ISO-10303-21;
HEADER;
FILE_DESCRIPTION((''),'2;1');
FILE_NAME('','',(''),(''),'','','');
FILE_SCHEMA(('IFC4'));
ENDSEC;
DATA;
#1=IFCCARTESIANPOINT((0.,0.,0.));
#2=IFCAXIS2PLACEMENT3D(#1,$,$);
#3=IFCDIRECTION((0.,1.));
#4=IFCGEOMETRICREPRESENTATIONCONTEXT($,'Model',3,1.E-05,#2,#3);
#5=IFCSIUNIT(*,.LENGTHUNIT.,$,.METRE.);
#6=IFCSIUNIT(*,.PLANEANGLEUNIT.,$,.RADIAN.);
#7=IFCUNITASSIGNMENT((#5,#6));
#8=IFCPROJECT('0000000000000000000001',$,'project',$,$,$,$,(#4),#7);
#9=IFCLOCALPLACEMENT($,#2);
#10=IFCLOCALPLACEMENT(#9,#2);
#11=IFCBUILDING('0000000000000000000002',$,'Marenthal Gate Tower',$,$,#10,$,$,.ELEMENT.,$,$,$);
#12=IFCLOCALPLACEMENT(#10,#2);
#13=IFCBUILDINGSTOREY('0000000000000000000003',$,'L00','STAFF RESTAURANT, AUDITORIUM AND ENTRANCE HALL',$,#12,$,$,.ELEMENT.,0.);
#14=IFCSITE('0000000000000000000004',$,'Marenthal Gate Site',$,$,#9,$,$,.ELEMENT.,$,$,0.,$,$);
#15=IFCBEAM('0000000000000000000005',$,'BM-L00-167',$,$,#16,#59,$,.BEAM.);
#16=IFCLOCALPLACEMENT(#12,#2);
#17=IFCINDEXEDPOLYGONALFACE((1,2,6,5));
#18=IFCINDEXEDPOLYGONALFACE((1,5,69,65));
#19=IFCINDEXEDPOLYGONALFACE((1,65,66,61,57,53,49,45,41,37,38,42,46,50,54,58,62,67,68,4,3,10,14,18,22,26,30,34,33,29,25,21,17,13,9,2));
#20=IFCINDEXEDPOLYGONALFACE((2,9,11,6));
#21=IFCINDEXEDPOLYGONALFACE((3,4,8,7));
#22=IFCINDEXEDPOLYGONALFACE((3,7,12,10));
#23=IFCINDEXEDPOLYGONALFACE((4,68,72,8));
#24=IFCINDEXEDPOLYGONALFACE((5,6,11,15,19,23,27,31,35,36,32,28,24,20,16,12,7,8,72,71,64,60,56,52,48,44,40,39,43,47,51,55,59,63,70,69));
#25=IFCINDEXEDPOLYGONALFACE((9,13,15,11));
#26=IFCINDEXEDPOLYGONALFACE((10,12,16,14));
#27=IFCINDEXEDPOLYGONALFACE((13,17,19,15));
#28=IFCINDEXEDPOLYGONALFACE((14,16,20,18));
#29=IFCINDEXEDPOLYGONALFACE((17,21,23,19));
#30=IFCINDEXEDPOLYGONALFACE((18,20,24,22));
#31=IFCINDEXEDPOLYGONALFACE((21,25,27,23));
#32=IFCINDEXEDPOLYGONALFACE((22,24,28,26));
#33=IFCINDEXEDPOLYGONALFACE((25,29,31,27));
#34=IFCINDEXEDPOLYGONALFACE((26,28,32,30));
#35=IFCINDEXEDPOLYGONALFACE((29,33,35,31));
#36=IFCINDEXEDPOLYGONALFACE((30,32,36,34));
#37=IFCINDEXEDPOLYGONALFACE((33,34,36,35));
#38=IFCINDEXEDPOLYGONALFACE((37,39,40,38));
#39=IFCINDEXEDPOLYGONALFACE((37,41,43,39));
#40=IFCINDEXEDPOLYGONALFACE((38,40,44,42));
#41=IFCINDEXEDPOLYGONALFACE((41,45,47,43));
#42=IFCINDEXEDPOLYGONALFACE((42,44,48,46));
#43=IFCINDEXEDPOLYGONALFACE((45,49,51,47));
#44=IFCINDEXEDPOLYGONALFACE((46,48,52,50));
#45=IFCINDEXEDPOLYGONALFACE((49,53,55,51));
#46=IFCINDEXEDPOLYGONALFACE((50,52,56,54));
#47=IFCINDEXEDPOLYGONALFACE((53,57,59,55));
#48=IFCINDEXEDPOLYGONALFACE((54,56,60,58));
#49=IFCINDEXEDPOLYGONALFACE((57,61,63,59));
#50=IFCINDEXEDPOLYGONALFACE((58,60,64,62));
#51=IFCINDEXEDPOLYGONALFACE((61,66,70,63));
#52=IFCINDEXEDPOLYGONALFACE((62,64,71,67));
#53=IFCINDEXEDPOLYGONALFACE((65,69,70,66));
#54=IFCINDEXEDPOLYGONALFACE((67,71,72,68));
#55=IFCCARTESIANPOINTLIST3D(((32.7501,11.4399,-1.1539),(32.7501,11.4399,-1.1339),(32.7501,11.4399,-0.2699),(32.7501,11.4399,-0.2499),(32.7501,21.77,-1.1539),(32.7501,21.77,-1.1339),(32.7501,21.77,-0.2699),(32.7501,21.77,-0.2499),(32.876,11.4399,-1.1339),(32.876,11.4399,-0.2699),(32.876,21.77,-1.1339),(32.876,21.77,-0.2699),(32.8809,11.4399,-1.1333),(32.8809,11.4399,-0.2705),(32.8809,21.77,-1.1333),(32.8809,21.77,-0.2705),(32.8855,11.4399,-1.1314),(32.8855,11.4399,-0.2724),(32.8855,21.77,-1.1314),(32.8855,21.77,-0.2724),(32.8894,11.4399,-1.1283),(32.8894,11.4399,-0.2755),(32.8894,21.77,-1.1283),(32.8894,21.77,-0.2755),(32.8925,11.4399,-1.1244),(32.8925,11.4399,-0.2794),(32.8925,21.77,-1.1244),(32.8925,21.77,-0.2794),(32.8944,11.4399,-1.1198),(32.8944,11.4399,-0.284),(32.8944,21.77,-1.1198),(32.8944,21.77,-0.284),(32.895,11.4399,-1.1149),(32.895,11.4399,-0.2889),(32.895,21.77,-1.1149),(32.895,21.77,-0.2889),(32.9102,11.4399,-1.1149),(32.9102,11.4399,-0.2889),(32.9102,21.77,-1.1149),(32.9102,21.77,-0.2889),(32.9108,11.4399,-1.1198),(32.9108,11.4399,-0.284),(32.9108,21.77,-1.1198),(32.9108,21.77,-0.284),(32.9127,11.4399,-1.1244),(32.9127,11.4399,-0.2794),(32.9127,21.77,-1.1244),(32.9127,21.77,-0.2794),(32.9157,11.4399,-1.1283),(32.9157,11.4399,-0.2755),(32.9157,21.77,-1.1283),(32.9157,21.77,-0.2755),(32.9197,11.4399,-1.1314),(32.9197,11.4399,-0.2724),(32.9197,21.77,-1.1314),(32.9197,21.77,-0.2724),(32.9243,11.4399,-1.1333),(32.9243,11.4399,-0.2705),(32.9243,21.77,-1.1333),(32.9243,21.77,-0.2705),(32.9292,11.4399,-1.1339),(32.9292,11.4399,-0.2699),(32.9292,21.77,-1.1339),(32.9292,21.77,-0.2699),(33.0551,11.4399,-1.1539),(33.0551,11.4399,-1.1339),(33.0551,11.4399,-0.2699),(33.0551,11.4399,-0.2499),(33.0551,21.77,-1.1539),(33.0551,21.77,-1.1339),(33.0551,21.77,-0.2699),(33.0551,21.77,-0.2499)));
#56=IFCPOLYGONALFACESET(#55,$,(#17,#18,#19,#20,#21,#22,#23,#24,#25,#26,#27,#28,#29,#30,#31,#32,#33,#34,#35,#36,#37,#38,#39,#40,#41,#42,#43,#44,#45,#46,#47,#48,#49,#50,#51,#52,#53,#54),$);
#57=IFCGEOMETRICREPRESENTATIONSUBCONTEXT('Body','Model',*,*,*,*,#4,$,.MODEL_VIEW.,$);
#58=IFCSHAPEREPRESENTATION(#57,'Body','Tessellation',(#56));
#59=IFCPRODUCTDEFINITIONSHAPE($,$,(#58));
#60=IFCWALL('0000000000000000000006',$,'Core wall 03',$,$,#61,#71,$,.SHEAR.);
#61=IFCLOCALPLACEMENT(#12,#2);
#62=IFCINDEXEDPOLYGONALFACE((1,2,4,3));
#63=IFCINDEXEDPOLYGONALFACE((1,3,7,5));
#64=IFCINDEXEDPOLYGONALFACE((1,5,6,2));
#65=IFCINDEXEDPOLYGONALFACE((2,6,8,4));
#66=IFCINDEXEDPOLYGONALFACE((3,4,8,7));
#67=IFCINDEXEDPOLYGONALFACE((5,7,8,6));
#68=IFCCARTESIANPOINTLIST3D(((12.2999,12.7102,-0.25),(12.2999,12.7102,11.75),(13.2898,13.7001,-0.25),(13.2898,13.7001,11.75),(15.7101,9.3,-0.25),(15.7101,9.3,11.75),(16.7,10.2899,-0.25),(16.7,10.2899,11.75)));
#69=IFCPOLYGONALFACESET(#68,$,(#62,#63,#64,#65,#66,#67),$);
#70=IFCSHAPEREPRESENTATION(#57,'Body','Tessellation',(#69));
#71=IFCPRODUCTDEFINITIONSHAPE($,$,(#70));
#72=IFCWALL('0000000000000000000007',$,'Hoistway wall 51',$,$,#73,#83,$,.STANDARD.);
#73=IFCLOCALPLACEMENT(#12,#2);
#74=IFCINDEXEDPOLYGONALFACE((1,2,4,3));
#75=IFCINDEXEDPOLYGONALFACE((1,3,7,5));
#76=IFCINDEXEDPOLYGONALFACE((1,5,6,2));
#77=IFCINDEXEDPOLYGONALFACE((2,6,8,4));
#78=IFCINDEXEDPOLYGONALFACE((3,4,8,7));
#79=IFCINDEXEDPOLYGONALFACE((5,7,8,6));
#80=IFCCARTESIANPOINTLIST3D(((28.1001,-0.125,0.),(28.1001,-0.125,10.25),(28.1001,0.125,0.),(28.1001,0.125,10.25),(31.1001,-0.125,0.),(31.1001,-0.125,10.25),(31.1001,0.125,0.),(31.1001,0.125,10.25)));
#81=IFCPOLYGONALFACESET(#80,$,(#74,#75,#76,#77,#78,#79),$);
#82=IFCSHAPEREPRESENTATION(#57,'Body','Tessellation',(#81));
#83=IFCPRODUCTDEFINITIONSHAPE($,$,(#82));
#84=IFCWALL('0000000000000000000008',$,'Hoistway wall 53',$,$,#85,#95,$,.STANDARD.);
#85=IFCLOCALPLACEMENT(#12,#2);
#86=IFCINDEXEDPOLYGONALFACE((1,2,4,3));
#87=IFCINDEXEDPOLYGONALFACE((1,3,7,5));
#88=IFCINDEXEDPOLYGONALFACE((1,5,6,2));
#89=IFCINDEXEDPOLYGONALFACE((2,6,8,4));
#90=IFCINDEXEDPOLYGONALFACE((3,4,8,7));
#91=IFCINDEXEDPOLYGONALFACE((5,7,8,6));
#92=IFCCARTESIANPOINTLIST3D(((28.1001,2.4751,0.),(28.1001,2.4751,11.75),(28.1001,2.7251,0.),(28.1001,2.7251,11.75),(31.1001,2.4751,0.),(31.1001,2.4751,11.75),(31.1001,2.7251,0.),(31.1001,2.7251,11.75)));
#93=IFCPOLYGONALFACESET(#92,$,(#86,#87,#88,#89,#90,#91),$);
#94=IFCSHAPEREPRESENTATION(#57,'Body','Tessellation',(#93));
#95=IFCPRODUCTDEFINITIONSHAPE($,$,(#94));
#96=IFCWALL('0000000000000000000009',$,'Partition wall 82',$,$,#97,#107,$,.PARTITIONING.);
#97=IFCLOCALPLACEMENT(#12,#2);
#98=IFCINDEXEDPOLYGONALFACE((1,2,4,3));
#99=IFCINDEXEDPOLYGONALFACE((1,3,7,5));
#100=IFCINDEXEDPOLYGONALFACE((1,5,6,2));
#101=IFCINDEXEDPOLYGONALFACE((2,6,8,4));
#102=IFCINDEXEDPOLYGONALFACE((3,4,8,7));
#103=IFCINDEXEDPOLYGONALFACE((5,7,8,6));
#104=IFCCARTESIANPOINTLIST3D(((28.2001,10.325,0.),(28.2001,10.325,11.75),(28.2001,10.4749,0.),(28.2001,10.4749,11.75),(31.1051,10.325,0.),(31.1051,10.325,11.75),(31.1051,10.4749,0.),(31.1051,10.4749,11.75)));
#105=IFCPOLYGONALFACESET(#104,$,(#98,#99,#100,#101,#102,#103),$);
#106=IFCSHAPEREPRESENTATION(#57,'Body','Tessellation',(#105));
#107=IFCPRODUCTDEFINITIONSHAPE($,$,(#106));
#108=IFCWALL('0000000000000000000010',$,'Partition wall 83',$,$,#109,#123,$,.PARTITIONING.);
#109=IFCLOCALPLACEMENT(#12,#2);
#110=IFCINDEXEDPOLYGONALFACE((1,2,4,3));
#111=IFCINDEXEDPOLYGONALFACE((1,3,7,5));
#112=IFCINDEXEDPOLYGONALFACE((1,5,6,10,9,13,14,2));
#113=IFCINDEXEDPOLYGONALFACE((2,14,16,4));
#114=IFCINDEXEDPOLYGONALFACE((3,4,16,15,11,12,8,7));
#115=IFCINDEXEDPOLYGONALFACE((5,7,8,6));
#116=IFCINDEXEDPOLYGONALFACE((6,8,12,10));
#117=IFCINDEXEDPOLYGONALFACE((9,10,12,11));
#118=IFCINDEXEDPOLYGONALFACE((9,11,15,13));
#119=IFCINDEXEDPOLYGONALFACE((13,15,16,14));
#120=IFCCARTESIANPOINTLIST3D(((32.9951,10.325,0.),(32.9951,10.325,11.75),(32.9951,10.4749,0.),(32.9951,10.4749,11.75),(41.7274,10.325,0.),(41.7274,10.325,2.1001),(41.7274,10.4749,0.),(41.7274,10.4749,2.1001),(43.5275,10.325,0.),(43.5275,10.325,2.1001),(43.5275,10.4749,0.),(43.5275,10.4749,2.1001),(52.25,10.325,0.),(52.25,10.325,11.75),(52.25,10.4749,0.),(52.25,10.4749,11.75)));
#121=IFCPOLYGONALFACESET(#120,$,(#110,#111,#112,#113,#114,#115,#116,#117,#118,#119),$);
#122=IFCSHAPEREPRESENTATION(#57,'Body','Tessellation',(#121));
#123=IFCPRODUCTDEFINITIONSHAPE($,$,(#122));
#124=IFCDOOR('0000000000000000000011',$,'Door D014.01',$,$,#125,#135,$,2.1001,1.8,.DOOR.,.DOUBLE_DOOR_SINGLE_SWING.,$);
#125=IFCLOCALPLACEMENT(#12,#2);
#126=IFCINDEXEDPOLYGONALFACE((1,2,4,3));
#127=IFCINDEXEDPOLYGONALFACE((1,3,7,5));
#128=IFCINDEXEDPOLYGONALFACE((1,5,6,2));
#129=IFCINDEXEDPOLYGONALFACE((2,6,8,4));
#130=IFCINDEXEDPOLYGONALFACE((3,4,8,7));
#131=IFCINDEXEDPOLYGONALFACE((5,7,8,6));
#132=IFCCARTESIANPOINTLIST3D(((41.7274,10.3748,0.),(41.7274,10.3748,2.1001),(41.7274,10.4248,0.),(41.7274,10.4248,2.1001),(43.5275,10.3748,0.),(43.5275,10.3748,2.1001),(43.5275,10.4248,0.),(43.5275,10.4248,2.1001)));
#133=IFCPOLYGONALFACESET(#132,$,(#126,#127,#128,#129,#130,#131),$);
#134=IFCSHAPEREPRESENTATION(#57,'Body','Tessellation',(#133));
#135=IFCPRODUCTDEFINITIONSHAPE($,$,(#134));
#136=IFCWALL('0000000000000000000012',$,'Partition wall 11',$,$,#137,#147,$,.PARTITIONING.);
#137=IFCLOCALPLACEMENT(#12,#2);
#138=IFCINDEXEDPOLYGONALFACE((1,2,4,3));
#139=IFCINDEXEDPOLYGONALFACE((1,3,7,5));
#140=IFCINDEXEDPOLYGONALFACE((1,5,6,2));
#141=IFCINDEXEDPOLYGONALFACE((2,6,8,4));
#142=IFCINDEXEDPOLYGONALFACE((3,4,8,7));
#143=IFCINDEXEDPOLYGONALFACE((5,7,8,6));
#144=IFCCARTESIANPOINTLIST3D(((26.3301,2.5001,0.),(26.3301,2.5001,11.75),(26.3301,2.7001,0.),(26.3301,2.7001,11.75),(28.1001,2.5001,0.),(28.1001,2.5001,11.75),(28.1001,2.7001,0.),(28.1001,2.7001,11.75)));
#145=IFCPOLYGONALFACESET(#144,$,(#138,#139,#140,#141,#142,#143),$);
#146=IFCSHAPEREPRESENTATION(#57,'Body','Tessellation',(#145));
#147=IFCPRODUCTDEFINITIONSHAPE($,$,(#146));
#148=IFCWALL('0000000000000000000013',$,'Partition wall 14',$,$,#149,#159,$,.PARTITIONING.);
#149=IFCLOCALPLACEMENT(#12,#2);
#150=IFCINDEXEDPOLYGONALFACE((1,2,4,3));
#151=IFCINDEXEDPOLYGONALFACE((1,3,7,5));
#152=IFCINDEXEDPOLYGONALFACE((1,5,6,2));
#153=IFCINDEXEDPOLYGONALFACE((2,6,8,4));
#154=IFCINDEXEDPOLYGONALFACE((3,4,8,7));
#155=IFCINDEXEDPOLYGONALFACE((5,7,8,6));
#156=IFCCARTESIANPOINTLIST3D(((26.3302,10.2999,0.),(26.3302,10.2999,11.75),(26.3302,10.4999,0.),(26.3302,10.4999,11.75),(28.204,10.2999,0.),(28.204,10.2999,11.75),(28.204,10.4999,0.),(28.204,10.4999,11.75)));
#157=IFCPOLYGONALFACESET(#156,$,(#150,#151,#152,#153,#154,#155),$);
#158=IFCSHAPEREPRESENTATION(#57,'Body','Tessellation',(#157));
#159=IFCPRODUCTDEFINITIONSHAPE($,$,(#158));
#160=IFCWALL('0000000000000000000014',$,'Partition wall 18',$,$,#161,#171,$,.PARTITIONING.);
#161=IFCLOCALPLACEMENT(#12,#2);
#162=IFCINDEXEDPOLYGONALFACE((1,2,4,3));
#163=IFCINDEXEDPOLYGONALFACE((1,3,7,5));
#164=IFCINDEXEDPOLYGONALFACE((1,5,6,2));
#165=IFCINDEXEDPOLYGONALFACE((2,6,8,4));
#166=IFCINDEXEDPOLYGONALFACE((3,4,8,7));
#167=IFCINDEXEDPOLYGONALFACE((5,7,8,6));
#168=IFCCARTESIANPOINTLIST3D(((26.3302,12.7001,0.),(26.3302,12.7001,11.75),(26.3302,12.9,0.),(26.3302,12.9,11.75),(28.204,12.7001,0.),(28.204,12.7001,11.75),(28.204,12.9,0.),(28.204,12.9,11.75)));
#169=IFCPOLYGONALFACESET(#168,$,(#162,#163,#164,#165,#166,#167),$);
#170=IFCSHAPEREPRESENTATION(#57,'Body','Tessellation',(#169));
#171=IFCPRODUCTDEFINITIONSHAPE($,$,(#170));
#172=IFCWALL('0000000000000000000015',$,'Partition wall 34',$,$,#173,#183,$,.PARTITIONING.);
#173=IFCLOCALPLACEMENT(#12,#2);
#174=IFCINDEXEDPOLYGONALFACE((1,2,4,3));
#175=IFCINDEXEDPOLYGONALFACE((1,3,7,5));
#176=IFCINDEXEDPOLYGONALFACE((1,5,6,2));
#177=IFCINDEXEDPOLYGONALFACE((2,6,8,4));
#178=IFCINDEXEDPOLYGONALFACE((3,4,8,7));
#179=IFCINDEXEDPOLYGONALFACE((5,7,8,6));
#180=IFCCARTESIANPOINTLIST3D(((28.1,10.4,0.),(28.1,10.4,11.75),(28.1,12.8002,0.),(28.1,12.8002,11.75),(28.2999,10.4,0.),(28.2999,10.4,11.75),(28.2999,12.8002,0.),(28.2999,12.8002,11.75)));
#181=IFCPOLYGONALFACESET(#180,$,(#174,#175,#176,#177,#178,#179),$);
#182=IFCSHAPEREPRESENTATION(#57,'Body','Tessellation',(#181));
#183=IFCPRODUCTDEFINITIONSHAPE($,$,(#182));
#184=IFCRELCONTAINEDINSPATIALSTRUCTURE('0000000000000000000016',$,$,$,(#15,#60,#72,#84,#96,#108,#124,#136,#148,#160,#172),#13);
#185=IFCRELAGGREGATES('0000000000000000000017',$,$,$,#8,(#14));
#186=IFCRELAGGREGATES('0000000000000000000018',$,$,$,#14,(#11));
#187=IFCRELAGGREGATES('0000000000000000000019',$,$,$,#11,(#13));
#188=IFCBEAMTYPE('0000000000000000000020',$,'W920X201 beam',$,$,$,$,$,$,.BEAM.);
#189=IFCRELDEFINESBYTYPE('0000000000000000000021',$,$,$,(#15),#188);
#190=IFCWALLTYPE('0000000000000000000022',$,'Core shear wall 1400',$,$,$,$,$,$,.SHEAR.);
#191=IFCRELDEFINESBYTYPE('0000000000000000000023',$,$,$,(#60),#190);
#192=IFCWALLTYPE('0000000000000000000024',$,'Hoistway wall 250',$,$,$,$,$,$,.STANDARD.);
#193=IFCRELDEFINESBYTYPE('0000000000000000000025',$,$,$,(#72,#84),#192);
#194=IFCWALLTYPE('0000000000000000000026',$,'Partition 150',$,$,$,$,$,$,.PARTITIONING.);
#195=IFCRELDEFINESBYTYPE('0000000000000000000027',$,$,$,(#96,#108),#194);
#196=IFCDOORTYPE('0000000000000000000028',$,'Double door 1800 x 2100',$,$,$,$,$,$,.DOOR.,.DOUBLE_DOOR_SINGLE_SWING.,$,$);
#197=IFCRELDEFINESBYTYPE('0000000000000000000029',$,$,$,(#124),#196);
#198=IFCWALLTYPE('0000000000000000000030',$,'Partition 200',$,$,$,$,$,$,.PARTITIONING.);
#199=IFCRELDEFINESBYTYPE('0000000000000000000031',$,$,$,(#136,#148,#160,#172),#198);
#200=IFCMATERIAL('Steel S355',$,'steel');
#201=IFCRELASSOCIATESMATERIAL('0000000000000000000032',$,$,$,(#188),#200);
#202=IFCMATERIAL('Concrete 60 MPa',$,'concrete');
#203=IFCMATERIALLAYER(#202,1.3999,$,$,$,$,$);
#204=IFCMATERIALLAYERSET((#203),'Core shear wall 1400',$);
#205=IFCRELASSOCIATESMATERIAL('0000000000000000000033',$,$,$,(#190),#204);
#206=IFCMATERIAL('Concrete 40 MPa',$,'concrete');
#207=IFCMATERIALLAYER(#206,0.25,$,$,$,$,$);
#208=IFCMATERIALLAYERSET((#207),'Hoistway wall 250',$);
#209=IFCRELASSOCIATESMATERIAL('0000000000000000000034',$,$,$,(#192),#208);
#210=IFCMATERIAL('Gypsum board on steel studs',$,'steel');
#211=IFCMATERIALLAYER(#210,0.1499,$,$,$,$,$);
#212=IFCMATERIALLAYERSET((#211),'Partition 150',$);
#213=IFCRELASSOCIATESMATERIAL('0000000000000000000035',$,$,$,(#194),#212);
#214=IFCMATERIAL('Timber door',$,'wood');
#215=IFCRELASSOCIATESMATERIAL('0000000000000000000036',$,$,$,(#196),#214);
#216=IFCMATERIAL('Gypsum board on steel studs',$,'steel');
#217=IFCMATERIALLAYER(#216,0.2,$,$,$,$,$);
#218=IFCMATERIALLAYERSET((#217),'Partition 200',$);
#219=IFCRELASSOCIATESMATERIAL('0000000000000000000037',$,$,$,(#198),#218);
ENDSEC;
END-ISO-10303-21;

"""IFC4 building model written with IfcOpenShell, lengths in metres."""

from ifc_helpers import new_model, si_unit, direction, frame, frame_2d, origin, origin_2d, place, context, subcontext, project, spatial, rectangle, i_section, extrude, material, layer, layer_set, material_profile, profile_set, type_object, element, fill, save


model = new_model("IFC4")

# Units and contexts
model_context = context("Model", 3, precision=1e-05, world=origin(), true_north=direction((0.0, 1.0)))
body_context = subcontext(model_context, "Body", "Model", "MODEL_VIEW")
ifc_project = project(units=[si_unit("LENGTHUNIT", "METRE"), si_unit("PLANEANGLEUNIT", "RADIAN")], contexts=[model_context])

# Site, building, storey
site_placement = place(None, origin())
site = spatial("IfcSite", under=ifc_project, at=site_placement, Name="Marenthal Gate Site", CompositionType="ELEMENT", RefElevation=0.0)
building_placement = place(site_placement, origin())
building = spatial("IfcBuilding", under=site, at=building_placement, Name="Marenthal Gate Tower", CompositionType="ELEMENT")
storey_placement = place(building_placement, origin())
storey = spatial("IfcBuildingStorey", under=building, at=storey_placement, Name="L00", Description="STAFF RESTAURANT, AUDITORIUM AND ENTRANCE HALL", CompositionType="ELEMENT", Elevation=0.0)

# Beam
ifc_material_1 = material(Name="Steel S355", Category="steel")
ifc_material_profile_1 = material_profile(ifc_material_1, i_section(OverallWidth=0.3049, OverallDepth=0.9041, WebThickness=0.0151, FlangeThickness=0.02, FilletRadius=0.019, at=origin_2d()), Name="W920X201")
ifc_profile_set_1 = profile_set([ifc_material_profile_1], Name="Steel S355")
beam_type_1 = type_object("IfcBeamType", Name="W920X201 beam", PredefinedType="BEAM", material=ifc_profile_set_1)
beam_1_placement = place(storey_placement, frame((32.9026, 11.4399, -0.7019), z_axis=(0.0, 1.0, 0.0), x_axis=(-1.0, 0.0, 0.0)))
element("IfcBeam", 1, at=beam_1_placement, inside=storey, type_object=beam_type_1, Name="BM-L00-167", PredefinedType="BEAM", context=body_context, shape_type="SweptSolid", body=[
    extrude(i_section(OverallWidth=0.3049, OverallDepth=0.9041, WebThickness=0.0151, FlangeThickness=0.02, FilletRadius=0.019, at=origin_2d()), origin(), (0.0, 0.0, 1.0), 10.3301),
])

# Walls
ifc_material_2 = material(Name="Concrete 60 MPa", Category="concrete")
ifc_layer_1 = layer(ifc_material_2, 1.3999)
ifc_layer_set_1 = layer_set([ifc_layer_1], Name="Core shear wall 1400")
wall_type_1 = type_object("IfcWallType", Name="Core shear wall 1400", PredefinedType="SHEAR", material=ifc_layer_set_1)
wall_1_placement = place(storey_placement, frame((16.2051, 9.7949, -0.25), z_axis=(0.0, 0.0, 1.0), x_axis=(-0.707107, 0.707107, 0.0)))
element("IfcWall", 2, at=wall_1_placement, inside=storey, type_object=wall_type_1, Name="Core wall 03", PredefinedType="SHEAR", context=body_context, shape_type="SweptSolid", body=[
    extrude(rectangle(XDim=4.8228, YDim=1.3999, at=frame_2d((2.4114, 0.0))), origin(), (0.0, 0.0, 1.0), 12.0),
])
ifc_material_3 = material(Name="Concrete 40 MPa", Category="concrete")
ifc_layer_2 = layer(ifc_material_3, 0.25)
ifc_layer_set_2 = layer_set([ifc_layer_2], Name="Hoistway wall 250")
wall_type_2 = type_object("IfcWallType", Name="Hoistway wall 250", PredefinedType="STANDARD", material=ifc_layer_set_2)
wall_2_placement = place(storey_placement, frame((28.1001, 0.0, 0.0), z_axis=(0.0, 0.0, 1.0), x_axis=(1.0, 0.0, 0.0)))
element("IfcWall", 3, at=wall_2_placement, inside=storey, type_object=wall_type_2, Name="Hoistway wall 51", PredefinedType="STANDARD", context=body_context, shape_type="SweptSolid", body=[
    extrude(rectangle(XDim=3.0, YDim=0.25, at=frame_2d((1.5, 0.0))), origin(), (0.0, 0.0, 1.0), 10.25),
])
wall_3_placement = place(storey_placement, frame((28.1001, 2.6001, 0.0), z_axis=(0.0, 0.0, 1.0), x_axis=(1.0, 0.0, 0.0)))
element("IfcWall", 4, at=wall_3_placement, inside=storey, type_object=wall_type_2, Name="Hoistway wall 53", PredefinedType="STANDARD", context=body_context, shape_type="SweptSolid", body=[
    extrude(rectangle(XDim=3.0, YDim=0.25, at=frame_2d((1.5, 0.0))), origin(), (0.0, 0.0, 1.0), 11.75),
])
ifc_material_4 = material(Name="Gypsum board on steel studs", Category="steel")
ifc_layer_3 = layer(ifc_material_4, 0.1499)
ifc_layer_set_3 = layer_set([ifc_layer_3], Name="Partition 150")
wall_type_3 = type_object("IfcWallType", Name="Partition 150", PredefinedType="PARTITIONING", material=ifc_layer_set_3)
wall_4_placement = place(storey_placement, frame((28.2, 10.3999, 0.0), z_axis=(0.0, 0.0, 1.0), x_axis=(1.0, 0.0, 0.0)))
element("IfcWall", 5, at=wall_4_placement, inside=storey, type_object=wall_type_3, Name="Partition wall 82", PredefinedType="PARTITIONING", context=body_context, shape_type="SweptSolid", body=[
    extrude(rectangle(XDim=2.905, YDim=0.1499, at=frame_2d((1.4526, 0.0))), origin(), (0.0, 0.0, 1.0), 11.75),
])

# Wall, opening, door
wall_5_placement = place(storey_placement, frame((32.9951, 10.3999, 0.0), z_axis=(0.0, 0.0, 1.0), x_axis=(1.0, 0.0, 0.0)))
wall_5 = element("IfcWall", 6, at=wall_5_placement, inside=storey, type_object=wall_type_3, Name="Partition wall 83", PredefinedType="PARTITIONING", context=body_context, shape_type="SweptSolid", body=[
    extrude(rectangle(XDim=19.2549, YDim=0.1499, at=frame_2d((9.6274, 0.0))), origin(), (0.0, 0.0, 1.0), 11.75),
])
opening_placement = place(wall_5_placement, frame((8.7324, 0.0, 0.0)))
opening = element("IfcOpeningElement", 7, at=opening_placement, cuts=wall_5, PredefinedType="OPENING", context=body_context, shape_type="SweptSolid", body=[
    extrude(rectangle(XDim=1.8, YDim=2.1001, at=frame_2d((0.8999, 1.05))), frame((0.0, 0.085, 0.0), z_axis=(0.0, -1.0, 0.0), x_axis=(1.0, 0.0, 0.0)), (0.0, 0.0, 1.0), 0.1699),
])
ifc_material_5 = material(Name="Timber door", Category="wood")
door_type = type_object("IfcDoorType", Name="Double door 1800 x 2100", OperationType="DOUBLE_DOOR_SINGLE_SWING", PredefinedType="DOOR", material=ifc_material_5)
door_placement = place(opening_placement, origin())
door = element("IfcDoor", 8, at=door_placement, inside=storey, type_object=door_type, Name="Door D014.01", OperationType="DOUBLE_DOOR_SINGLE_SWING", OverallHeight=2.1001, OverallWidth=1.8, PredefinedType="DOOR", context=body_context, shape_type="SweptSolid", body=[
    extrude(rectangle(XDim=1.8, YDim=2.1001, at=frame_2d((0.8999, 1.05))), frame((0.0, 0.0249, 0.0), z_axis=(0.0, -1.0, 0.0), x_axis=(1.0, 0.0, 0.0)), (0.0, 0.0, 1.0), 0.05),
])
fill(opening, door)

# Walls
ifc_material_6 = material(Name="Gypsum board on steel studs", Category="steel")
ifc_layer_4 = layer(ifc_material_6, 0.2)
ifc_layer_set_4 = layer_set([ifc_layer_4], Name="Partition 200")
wall_type_4 = type_object("IfcWallType", Name="Partition 200", PredefinedType="PARTITIONING", material=ifc_layer_set_4)
wall_6_placement = place(storey_placement, frame((26.3301, 2.6001, 0.0), z_axis=(0.0, 0.0, 1.0), x_axis=(1.0, 0.0, 0.0)))
element("IfcWall", 9, at=wall_6_placement, inside=storey, type_object=wall_type_4, Name="Partition wall 11", PredefinedType="PARTITIONING", context=body_context, shape_type="SweptSolid", body=[
    extrude(rectangle(XDim=1.77, YDim=0.2, at=frame_2d((0.885, 0.0))), origin(), (0.0, 0.0, 1.0), 11.75),
])
for number, where, z_axis, x_axis, name in (
    (10, (26.3301, 10.3999, 0.0), (0.0, 0.0, 1.0), (1.0, 0.0, 0.0), "Partition wall 14"),
    (11, (26.3301, 12.8, 0.0), (0.0, 0.0, 1.0), (1.0, 0.0, 0.0), "Partition wall 18"),
):
    element("IfcWall", number, at=place(storey_placement, frame(where, z_axis=z_axis, x_axis=x_axis)), inside=storey, type_object=wall_type_4, Name=name, PredefinedType="PARTITIONING", context=body_context, shape_type="SweptSolid", body=[
        extrude(rectangle(XDim=1.8738, YDim=0.2, at=frame_2d((0.937, 0.0))), origin(), (0.0, 0.0, 1.0), 11.75),
    ])
wall_7_placement = place(storey_placement, frame((28.2, 10.3999, 0.0), z_axis=(0.0, 0.0, 1.0), x_axis=(0.0, 1.0, 0.0)))
element("IfcWall", 12, at=wall_7_placement, inside=storey, type_object=wall_type_4, Name="Partition wall 34", PredefinedType="PARTITIONING", context=body_context, shape_type="SweptSolid", body=[
    extrude(rectangle(XDim=2.4001, YDim=0.2, at=frame_2d((1.2002, 0.0))), origin(), (0.0, 0.0, 1.0), 11.75),
])

save(model, "model.ifc")
